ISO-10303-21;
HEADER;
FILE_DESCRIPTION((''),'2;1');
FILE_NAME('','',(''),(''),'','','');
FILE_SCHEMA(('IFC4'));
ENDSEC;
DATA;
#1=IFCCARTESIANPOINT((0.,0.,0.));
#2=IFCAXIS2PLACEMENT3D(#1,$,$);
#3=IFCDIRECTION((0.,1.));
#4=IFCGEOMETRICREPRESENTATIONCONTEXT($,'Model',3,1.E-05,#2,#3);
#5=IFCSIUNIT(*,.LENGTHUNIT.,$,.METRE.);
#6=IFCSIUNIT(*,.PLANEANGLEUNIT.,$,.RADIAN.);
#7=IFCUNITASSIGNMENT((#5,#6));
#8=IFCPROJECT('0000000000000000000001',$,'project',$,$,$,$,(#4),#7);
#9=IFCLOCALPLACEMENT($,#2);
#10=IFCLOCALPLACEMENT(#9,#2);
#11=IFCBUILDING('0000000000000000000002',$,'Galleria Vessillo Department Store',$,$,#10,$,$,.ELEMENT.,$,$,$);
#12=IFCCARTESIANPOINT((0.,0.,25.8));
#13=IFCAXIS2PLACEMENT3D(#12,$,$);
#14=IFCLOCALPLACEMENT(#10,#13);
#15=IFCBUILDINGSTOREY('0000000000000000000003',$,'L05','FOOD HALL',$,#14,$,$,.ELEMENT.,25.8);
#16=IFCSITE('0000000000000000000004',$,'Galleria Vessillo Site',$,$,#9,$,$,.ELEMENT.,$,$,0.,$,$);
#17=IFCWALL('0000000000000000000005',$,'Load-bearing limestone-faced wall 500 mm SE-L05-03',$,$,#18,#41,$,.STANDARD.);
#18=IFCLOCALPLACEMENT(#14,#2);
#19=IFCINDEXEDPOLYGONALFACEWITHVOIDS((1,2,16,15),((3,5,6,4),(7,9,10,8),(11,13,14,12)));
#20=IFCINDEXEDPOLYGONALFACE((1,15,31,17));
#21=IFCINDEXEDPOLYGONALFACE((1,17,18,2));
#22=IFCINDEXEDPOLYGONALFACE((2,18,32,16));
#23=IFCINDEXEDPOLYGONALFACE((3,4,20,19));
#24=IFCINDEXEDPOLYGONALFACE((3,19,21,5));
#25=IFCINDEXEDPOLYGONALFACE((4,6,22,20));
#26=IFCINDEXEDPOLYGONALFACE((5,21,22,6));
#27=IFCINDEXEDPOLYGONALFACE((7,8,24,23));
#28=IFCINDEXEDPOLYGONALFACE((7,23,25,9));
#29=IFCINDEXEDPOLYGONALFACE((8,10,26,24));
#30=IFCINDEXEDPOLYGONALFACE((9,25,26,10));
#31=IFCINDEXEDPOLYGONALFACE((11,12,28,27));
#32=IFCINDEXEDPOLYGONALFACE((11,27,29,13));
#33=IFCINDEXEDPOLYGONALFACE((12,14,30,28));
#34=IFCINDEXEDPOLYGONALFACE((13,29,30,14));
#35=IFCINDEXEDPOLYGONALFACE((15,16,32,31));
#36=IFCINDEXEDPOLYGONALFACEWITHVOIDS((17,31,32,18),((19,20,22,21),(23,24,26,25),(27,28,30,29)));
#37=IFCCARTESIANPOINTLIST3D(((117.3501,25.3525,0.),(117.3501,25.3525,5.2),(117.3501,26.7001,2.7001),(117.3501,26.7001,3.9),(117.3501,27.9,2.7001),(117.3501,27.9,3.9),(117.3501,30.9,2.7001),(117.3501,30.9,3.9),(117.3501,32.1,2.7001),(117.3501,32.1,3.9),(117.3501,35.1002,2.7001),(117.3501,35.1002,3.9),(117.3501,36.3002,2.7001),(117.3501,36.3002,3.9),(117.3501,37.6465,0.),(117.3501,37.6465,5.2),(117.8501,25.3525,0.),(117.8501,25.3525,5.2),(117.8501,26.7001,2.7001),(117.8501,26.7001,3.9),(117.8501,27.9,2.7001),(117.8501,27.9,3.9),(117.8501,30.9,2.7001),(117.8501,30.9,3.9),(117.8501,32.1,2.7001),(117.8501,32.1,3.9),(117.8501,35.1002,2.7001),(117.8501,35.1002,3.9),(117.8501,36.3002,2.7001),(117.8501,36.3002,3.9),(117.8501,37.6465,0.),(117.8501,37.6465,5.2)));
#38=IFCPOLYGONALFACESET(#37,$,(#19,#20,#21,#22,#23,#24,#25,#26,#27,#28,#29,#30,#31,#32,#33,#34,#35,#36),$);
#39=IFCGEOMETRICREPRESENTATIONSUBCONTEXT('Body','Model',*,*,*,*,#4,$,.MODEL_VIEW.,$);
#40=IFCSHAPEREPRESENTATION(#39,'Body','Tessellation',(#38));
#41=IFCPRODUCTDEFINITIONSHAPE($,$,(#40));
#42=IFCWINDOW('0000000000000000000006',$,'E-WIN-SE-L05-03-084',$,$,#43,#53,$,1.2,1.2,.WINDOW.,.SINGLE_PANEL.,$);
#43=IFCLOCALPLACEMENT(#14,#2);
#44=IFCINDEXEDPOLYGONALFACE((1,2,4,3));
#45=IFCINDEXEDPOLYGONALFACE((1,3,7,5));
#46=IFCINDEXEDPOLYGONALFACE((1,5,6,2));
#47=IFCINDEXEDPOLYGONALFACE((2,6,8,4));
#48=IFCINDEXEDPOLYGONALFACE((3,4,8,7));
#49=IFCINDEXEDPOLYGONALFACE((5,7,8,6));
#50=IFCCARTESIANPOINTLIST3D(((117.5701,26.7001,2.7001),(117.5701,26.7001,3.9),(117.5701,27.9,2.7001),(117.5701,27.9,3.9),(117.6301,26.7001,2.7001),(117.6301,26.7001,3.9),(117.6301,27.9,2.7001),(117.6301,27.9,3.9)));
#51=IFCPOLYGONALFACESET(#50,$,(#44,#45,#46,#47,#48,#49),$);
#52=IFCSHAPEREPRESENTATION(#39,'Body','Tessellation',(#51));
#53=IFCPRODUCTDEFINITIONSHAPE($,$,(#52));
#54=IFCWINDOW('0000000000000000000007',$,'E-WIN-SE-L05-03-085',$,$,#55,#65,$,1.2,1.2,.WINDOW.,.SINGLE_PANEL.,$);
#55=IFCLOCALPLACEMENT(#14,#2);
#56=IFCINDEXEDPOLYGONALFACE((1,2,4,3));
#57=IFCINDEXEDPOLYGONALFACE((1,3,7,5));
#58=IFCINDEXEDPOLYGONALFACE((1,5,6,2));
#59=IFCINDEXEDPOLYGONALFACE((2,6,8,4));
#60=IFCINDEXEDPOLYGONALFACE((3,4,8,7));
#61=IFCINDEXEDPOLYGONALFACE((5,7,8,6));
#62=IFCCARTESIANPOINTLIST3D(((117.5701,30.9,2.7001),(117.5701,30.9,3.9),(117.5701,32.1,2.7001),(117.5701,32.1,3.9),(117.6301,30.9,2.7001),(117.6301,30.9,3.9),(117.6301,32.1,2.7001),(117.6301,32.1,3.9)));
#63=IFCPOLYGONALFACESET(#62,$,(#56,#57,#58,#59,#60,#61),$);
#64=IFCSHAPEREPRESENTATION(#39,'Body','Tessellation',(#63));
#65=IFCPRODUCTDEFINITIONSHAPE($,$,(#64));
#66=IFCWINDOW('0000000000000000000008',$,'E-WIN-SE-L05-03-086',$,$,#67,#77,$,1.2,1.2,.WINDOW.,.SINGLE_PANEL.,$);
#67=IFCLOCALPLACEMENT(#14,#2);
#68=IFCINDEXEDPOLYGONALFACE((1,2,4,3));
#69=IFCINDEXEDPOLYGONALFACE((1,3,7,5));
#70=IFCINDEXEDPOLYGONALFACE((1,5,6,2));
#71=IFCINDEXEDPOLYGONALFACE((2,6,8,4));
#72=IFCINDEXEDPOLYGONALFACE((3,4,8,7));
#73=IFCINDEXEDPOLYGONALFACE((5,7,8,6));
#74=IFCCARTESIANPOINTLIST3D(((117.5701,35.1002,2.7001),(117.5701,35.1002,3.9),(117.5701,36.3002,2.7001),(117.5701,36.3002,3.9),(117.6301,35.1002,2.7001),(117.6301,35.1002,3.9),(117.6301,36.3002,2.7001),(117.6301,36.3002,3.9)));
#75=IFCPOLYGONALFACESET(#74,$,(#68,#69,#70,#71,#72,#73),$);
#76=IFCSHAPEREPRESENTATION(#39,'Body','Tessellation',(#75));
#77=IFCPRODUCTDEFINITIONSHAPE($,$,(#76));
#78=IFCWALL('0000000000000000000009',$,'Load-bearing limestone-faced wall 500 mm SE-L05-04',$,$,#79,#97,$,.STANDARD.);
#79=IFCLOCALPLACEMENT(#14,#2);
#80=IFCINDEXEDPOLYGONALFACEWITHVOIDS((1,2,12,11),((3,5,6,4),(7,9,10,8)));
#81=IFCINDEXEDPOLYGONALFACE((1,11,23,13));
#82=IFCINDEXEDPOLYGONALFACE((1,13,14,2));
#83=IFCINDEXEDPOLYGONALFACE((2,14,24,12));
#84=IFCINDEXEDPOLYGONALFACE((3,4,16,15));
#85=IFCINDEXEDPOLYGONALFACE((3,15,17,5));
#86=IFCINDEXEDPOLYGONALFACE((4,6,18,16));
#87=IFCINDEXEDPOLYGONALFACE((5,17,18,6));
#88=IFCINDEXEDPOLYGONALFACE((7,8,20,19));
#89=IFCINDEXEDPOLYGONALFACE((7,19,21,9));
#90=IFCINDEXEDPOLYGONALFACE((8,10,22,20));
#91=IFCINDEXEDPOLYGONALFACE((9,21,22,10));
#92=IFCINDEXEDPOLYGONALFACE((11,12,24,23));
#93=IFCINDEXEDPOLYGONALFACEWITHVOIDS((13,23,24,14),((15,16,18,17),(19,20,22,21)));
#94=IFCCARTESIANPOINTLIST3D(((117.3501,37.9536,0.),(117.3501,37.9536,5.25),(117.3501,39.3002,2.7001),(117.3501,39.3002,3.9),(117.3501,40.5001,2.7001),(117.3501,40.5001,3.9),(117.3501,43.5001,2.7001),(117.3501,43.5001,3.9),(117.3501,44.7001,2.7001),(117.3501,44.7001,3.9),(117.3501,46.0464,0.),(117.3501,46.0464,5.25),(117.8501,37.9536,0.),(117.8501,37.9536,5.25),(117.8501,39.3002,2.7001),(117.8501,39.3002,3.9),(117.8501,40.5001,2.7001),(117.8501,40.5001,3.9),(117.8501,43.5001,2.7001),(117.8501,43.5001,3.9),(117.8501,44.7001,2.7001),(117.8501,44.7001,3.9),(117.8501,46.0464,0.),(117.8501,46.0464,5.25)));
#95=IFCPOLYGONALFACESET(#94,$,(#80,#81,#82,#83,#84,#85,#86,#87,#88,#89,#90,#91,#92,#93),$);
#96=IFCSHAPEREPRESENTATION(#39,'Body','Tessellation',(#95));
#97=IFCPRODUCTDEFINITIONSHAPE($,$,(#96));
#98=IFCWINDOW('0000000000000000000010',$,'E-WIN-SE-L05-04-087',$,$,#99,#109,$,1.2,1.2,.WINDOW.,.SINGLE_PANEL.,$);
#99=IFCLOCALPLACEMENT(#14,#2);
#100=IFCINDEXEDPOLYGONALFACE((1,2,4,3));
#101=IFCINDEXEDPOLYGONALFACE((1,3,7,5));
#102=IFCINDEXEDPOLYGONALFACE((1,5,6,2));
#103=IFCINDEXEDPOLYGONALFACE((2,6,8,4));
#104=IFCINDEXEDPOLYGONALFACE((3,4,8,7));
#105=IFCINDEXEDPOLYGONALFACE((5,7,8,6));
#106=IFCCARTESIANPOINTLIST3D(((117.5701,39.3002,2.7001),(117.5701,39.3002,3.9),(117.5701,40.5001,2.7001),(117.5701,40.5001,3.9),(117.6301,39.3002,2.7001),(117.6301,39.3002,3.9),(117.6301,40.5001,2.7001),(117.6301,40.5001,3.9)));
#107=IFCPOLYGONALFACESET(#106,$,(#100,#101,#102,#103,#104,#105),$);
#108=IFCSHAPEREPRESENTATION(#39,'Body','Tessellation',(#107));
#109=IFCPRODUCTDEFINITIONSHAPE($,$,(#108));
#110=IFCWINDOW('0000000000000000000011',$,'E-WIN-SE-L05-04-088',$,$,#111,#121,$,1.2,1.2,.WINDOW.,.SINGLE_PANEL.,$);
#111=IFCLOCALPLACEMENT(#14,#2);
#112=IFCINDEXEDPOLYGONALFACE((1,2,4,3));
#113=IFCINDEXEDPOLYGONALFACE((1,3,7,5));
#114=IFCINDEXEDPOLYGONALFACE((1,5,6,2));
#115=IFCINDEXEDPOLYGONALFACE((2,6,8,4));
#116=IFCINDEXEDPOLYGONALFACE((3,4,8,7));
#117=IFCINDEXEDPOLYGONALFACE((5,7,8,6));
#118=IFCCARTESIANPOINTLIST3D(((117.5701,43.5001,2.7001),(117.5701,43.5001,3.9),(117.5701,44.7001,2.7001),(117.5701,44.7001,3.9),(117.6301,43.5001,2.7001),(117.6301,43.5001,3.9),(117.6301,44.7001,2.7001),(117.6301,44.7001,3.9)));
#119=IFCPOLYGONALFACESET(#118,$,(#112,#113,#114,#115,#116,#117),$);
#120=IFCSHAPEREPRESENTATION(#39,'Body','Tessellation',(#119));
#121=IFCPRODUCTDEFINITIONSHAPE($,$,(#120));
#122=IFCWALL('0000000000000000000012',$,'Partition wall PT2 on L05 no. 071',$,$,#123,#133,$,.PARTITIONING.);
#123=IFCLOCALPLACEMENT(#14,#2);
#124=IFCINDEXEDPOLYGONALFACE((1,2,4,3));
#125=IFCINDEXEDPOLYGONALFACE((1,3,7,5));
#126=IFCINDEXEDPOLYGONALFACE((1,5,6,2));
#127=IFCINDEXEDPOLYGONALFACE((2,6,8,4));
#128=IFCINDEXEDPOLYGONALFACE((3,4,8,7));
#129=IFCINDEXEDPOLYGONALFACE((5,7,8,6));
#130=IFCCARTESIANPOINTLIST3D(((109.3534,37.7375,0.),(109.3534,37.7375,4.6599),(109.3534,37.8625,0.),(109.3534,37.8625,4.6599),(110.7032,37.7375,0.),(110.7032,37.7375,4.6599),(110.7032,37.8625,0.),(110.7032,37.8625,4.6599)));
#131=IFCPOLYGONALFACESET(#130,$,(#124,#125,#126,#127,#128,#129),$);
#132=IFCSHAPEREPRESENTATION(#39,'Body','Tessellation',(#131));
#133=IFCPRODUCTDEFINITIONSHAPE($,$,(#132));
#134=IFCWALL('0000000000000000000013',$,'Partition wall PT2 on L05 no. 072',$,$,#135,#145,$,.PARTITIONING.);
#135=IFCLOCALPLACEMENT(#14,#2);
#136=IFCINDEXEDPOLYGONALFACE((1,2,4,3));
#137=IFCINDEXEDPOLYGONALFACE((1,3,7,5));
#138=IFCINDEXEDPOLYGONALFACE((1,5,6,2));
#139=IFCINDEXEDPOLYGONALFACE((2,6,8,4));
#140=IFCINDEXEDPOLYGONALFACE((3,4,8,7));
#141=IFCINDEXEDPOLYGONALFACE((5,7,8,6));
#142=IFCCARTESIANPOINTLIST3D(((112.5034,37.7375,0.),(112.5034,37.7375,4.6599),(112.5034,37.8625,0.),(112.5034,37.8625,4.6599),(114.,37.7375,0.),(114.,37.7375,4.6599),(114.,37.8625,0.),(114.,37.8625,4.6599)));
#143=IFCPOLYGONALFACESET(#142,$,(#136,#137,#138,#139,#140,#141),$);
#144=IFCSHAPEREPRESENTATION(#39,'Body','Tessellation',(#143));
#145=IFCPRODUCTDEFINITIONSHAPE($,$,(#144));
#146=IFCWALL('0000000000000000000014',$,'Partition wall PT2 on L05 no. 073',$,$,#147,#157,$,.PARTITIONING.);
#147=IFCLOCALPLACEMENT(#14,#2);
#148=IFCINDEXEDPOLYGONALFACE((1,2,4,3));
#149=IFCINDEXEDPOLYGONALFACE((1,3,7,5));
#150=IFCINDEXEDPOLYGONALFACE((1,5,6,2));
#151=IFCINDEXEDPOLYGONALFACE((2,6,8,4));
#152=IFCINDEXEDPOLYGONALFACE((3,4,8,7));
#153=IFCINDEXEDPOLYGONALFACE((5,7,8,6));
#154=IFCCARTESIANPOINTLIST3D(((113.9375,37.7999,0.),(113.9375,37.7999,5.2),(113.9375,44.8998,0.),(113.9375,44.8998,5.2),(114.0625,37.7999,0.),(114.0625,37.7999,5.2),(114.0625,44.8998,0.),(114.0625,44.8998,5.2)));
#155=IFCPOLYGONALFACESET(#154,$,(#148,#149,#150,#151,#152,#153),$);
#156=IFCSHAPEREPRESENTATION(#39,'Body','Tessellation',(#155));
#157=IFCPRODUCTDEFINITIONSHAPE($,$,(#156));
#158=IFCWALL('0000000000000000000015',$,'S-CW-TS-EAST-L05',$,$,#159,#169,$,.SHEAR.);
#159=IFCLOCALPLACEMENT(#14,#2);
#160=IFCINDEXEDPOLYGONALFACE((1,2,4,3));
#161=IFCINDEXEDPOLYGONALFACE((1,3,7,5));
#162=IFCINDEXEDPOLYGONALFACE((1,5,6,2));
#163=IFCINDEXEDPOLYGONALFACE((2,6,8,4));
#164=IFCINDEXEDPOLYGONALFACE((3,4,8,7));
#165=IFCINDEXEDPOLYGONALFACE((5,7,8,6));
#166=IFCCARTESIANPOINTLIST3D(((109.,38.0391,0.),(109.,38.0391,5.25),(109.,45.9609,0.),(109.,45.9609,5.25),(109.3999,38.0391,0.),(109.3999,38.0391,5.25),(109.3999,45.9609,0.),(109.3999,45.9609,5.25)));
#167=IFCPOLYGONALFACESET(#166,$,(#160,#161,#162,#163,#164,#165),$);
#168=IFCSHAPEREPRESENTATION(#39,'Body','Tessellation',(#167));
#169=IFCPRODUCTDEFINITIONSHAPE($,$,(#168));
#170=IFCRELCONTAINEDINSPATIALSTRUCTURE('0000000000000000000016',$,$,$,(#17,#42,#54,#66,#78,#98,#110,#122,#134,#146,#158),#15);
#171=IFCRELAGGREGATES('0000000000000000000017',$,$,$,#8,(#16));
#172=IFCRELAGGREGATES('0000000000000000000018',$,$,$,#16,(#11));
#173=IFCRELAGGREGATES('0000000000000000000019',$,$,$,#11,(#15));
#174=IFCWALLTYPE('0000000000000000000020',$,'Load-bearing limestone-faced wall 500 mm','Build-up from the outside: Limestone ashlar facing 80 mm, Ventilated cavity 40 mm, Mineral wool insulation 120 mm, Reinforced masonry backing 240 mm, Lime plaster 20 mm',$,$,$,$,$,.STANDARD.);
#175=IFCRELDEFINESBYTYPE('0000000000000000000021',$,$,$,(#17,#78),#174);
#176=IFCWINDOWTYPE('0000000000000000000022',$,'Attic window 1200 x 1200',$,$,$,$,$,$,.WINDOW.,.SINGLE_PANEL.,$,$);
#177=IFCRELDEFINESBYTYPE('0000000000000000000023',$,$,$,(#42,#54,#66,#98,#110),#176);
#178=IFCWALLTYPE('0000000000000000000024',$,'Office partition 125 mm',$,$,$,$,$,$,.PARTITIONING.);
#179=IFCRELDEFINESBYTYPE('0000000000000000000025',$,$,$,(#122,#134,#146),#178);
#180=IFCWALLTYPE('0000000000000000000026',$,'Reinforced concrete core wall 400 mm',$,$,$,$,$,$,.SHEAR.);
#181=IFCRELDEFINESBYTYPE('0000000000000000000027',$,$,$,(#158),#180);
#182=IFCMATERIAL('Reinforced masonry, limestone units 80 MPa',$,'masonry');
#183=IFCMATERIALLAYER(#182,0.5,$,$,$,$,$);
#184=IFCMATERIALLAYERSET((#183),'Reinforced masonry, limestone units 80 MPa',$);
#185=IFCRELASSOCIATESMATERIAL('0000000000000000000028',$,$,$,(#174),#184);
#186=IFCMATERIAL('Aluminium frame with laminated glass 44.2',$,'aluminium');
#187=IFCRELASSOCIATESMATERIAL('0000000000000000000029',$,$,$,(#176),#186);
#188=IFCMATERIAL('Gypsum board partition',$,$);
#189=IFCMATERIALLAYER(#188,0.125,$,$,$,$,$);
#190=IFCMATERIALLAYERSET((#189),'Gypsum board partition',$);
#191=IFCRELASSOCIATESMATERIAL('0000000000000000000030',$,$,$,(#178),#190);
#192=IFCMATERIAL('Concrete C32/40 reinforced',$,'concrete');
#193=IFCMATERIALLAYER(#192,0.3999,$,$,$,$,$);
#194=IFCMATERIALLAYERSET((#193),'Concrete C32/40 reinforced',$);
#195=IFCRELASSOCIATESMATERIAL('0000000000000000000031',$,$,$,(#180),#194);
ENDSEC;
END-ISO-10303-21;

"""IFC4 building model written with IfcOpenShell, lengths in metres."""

from ifc_helpers import new_model, si_unit, direction, frame, frame_2d, origin, place, context, subcontext, project, spatial, rectangle, extrude, material, layer, layer_set, type_object, element, fill, save


model = new_model("IFC4")

# Units and contexts
model_context = context("Model", 3, precision=1e-05, world=origin(), true_north=direction((0.0, 1.0)))
body_context = subcontext(model_context, "Body", "Model", "MODEL_VIEW")
ifc_project = project(units=[si_unit("LENGTHUNIT", "METRE"), si_unit("PLANEANGLEUNIT", "RADIAN")], contexts=[model_context])

# Site, building, storey
site_placement = place(None, origin())
site = spatial("IfcSite", under=ifc_project, at=site_placement, Name="Galleria Vessillo Site", CompositionType="ELEMENT", RefElevation=0.0)
building_placement = place(site_placement, origin())
building = spatial("IfcBuilding", under=site, at=building_placement, Name="Galleria Vessillo Department Store", CompositionType="ELEMENT")
storey_placement = place(building_placement, frame((0.0, 0.0, 25.8)))
storey = spatial("IfcBuildingStorey", under=building, at=storey_placement, Name="L05", Description="FOOD HALL", CompositionType="ELEMENT", Elevation=25.8)

# Walls, openings, windows
ifc_material_1 = material(Name="Reinforced masonry, limestone units 80 MPa", Category="masonry")
ifc_layer_1 = layer(ifc_material_1, 0.5)
ifc_layer_set_1 = layer_set([ifc_layer_1], Name="Reinforced masonry, limestone units 80 MPa")
wall_type_1 = type_object("IfcWallType", Name="Load-bearing limestone-faced wall 500 mm", Description="Build-up from the outside: Limestone ashlar facing 80 mm, Ventilated cavity 40 mm, Mineral wool insulation 120 mm, Reinforced masonry backing 240 mm, Lime plaster 20 mm", PredefinedType="STANDARD", material=ifc_layer_set_1)
wall_1_placement = place(storey_placement, frame((117.6001, 25.3525, 0.0), z_axis=(0.0, 0.0, 1.0), x_axis=(0.0, 1.0, 0.0)))
wall_1 = element("IfcWall", 1, at=wall_1_placement, inside=storey, type_object=wall_type_1, Name="Load-bearing limestone-faced wall 500 mm SE-L05-03", PredefinedType="STANDARD", context=body_context, shape_type="SweptSolid", body=[
    extrude(rectangle(XDim=12.2939, YDim=0.5, at=frame_2d((6.147, 0.0))), origin(), (0.0, 0.0, 1.0), 5.2),
])
opening_1_placement = place(wall_1_placement, frame((1.3474, 0.0, 2.7)))
opening_1 = element("IfcOpeningElement", 2, at=opening_1_placement, cuts=wall_1, PredefinedType="OPENING", context=body_context, shape_type="SweptSolid", body=[
    extrude(rectangle(XDim=1.2, YDim=1.2, at=frame_2d((0.6001, 0.6001))), frame((0.0, 0.26, 0.0), z_axis=(0.0, -1.0, 0.0), x_axis=(1.0, 0.0, 0.0)), (0.0, 0.0, 1.0), 0.52),
])
opening_2_placement = place(wall_1_placement, frame((5.5474, 0.0, 2.7)))
opening_2 = element("IfcOpeningElement", 3, at=opening_2_placement, cuts=wall_1, PredefinedType="OPENING", context=body_context, shape_type="SweptSolid", body=[
    extrude(rectangle(XDim=1.2, YDim=1.2, at=frame_2d((0.6001, 0.6001))), frame((0.0, 0.26, 0.0), z_axis=(0.0, -1.0, 0.0), x_axis=(1.0, 0.0, 0.0)), (0.0, 0.0, 1.0), 0.52),
])
opening_3_placement = place(wall_1_placement, frame((9.7476, 0.0, 2.7)))
opening_3 = element("IfcOpeningElement", 4, at=opening_3_placement, cuts=wall_1, PredefinedType="OPENING", context=body_context, shape_type="SweptSolid", body=[
    extrude(rectangle(XDim=1.2, YDim=1.2, at=frame_2d((0.6001, 0.6001))), frame((0.0, 0.26, 0.0), z_axis=(0.0, -1.0, 0.0), x_axis=(1.0, 0.0, 0.0)), (0.0, 0.0, 1.0), 0.52),
])
ifc_material_2 = material(Name="Aluminium frame with laminated glass 44.2", Category="aluminium")
window_type = type_object("IfcWindowType", Name="Attic window 1200 x 1200", PartitioningType="SINGLE_PANEL", PredefinedType="WINDOW", material=ifc_material_2)
window_1_placement = place(opening_1_placement, origin())
window_1 = element("IfcWindow", 5, at=window_1_placement, inside=storey, type_object=window_type, Name="E-WIN-SE-L05-03-084", OverallHeight=1.2, OverallWidth=1.2, PartitioningType="SINGLE_PANEL", PredefinedType="WINDOW", context=body_context, shape_type="SweptSolid", body=[
    extrude(rectangle(XDim=1.2, YDim=1.2, at=frame_2d((0.6001, 0.6001))), frame((0.0, 0.03, 0.0), z_axis=(0.0, -1.0, 0.0), x_axis=(1.0, 0.0, 0.0)), (0.0, 0.0, 1.0), 0.0601),
])
fill(opening_1, window_1)
window_2_placement = place(opening_2_placement, origin())
window_2 = element("IfcWindow", 6, at=window_2_placement, inside=storey, type_object=window_type, Name="E-WIN-SE-L05-03-085", OverallHeight=1.2, OverallWidth=1.2, PartitioningType="SINGLE_PANEL", PredefinedType="WINDOW", context=body_context, shape_type="SweptSolid", body=[
    extrude(rectangle(XDim=1.2, YDim=1.2, at=frame_2d((0.6001, 0.6001))), frame((0.0, 0.03, 0.0), z_axis=(0.0, -1.0, 0.0), x_axis=(1.0, 0.0, 0.0)), (0.0, 0.0, 1.0), 0.0601),
])
fill(opening_2, window_2)
window_3_placement = place(opening_3_placement, origin())
window_3 = element("IfcWindow", 7, at=window_3_placement, inside=storey, type_object=window_type, Name="E-WIN-SE-L05-03-086", OverallHeight=1.2, OverallWidth=1.2, PartitioningType="SINGLE_PANEL", PredefinedType="WINDOW", context=body_context, shape_type="SweptSolid", body=[
    extrude(rectangle(XDim=1.2, YDim=1.2, at=frame_2d((0.6001, 0.6001))), frame((0.0, 0.03, 0.0), z_axis=(0.0, -1.0, 0.0), x_axis=(1.0, 0.0, 0.0)), (0.0, 0.0, 1.0), 0.0601),
])
fill(opening_3, window_3)
wall_2_placement = place(storey_placement, frame((117.6001, 37.9536, 0.0), z_axis=(0.0, 0.0, 1.0), x_axis=(0.0, 1.0, 0.0)))
wall_2 = element("IfcWall", 8, at=wall_2_placement, inside=storey, type_object=wall_type_1, Name="Load-bearing limestone-faced wall 500 mm SE-L05-04", PredefinedType="STANDARD", context=body_context, shape_type="SweptSolid", body=[
    extrude(rectangle(XDim=8.0928, YDim=0.5, at=frame_2d((4.0464, 0.0))), origin(), (0.0, 0.0, 1.0), 5.25),
])
opening_4_placement = place(wall_2_placement, frame((1.3464, 0.0, 2.7)))
opening_4 = element("IfcOpeningElement", 9, at=opening_4_placement, cuts=wall_2, PredefinedType="OPENING", context=body_context, shape_type="SweptSolid", body=[
    extrude(rectangle(XDim=1.2, YDim=1.2, at=frame_2d((0.6001, 0.6001))), frame((0.0, 0.26, 0.0), z_axis=(0.0, -1.0, 0.0), x_axis=(1.0, 0.0, 0.0)), (0.0, 0.0, 1.0), 0.52),
])
opening_5_placement = place(wall_2_placement, frame((5.5464, 0.0, 2.7)))
opening_5 = element("IfcOpeningElement", 10, at=opening_5_placement, cuts=wall_2, PredefinedType="OPENING", context=body_context, shape_type="SweptSolid", body=[
    extrude(rectangle(XDim=1.2, YDim=1.2, at=frame_2d((0.6001, 0.6001))), frame((0.0, 0.26, 0.0), z_axis=(0.0, -1.0, 0.0), x_axis=(1.0, 0.0, 0.0)), (0.0, 0.0, 1.0), 0.52),
])
window_4_placement = place(opening_4_placement, origin())
window_4 = element("IfcWindow", 11, at=window_4_placement, inside=storey, type_object=window_type, Name="E-WIN-SE-L05-04-087", OverallHeight=1.2, OverallWidth=1.2, PartitioningType="SINGLE_PANEL", PredefinedType="WINDOW", context=body_context, shape_type="SweptSolid", body=[
    extrude(rectangle(XDim=1.2, YDim=1.2, at=frame_2d((0.6001, 0.6001))), frame((0.0, 0.03, 0.0), z_axis=(0.0, -1.0, 0.0), x_axis=(1.0, 0.0, 0.0)), (0.0, 0.0, 1.0), 0.0601),
])
fill(opening_4, window_4)
window_5_placement = place(opening_5_placement, origin())
window_5 = element("IfcWindow", 12, at=window_5_placement, inside=storey, type_object=window_type, Name="E-WIN-SE-L05-04-088", OverallHeight=1.2, OverallWidth=1.2, PartitioningType="SINGLE_PANEL", PredefinedType="WINDOW", context=body_context, shape_type="SweptSolid", body=[
    extrude(rectangle(XDim=1.2, YDim=1.2, at=frame_2d((0.6001, 0.6001))), frame((0.0, 0.03, 0.0), z_axis=(0.0, -1.0, 0.0), x_axis=(1.0, 0.0, 0.0)), (0.0, 0.0, 1.0), 0.0601),
])
fill(opening_5, window_5)

# Walls
ifc_material_3 = material(Name="Gypsum board partition")
ifc_layer_2 = layer(ifc_material_3, 0.125)
ifc_layer_set_2 = layer_set([ifc_layer_2], Name="Gypsum board partition")
wall_type_2 = type_object("IfcWallType", Name="Office partition 125 mm", PredefinedType="PARTITIONING", material=ifc_layer_set_2)
wall_3_placement = place(storey_placement, frame((109.3535, 37.8, 0.0), z_axis=(0.0, 0.0, 1.0), x_axis=(1.0, 0.0, 0.0)))
element("IfcWall", 13, at=wall_3_placement, inside=storey, type_object=wall_type_2, Name="Partition wall PT2 on L05 no. 071", PredefinedType="PARTITIONING", context=body_context, shape_type="SweptSolid", body=[
    extrude(rectangle(XDim=1.3499, YDim=0.125, at=frame_2d((0.6748, 0.0))), origin(), (0.0, 0.0, 1.0), 4.6599),
])
wall_4_placement = place(storey_placement, frame((112.5034, 37.8, 0.0), z_axis=(0.0, 0.0, 1.0), x_axis=(1.0, 0.0, 0.0)))
element("IfcWall", 14, at=wall_4_placement, inside=storey, type_object=wall_type_2, Name="Partition wall PT2 on L05 no. 072", PredefinedType="PARTITIONING", context=body_context, shape_type="SweptSolid", body=[
    extrude(rectangle(XDim=1.4966, YDim=0.125, at=frame_2d((0.7483, 0.0))), origin(), (0.0, 0.0, 1.0), 4.6599),
])
wall_5_placement = place(storey_placement, frame((114.0, 37.8, 0.0), z_axis=(0.0, 0.0, 1.0), x_axis=(0.0, 1.0, 0.0)))
element("IfcWall", 15, at=wall_5_placement, inside=storey, type_object=wall_type_2, Name="Partition wall PT2 on L05 no. 073", PredefinedType="PARTITIONING", context=body_context, shape_type="SweptSolid", body=[
    extrude(rectangle(XDim=7.0999, YDim=0.125, at=frame_2d((3.5498, 0.0))), origin(), (0.0, 0.0, 1.0), 5.2),
])
ifc_material_4 = material(Name="Concrete C32/40 reinforced", Category="concrete")
ifc_layer_3 = layer(ifc_material_4, 0.3999)
ifc_layer_set_3 = layer_set([ifc_layer_3], Name="Concrete C32/40 reinforced")
wall_type_3 = type_object("IfcWallType", Name="Reinforced concrete core wall 400 mm", PredefinedType="SHEAR", material=ifc_layer_set_3)
wall_6_placement = place(storey_placement, frame((109.2, 38.0391, 0.0), z_axis=(0.0, 0.0, 1.0), x_axis=(0.0, 1.0, 0.0)))
element("IfcWall", 16, at=wall_6_placement, inside=storey, type_object=wall_type_3, Name="S-CW-TS-EAST-L05", PredefinedType="SHEAR", context=body_context, shape_type="SweptSolid", body=[
    extrude(rectangle(XDim=7.9219, YDim=0.3999, at=frame_2d((3.9609, 0.0))), origin(), (0.0, 0.0, 1.0), 5.25),
])

save(model, "model.ifc")
